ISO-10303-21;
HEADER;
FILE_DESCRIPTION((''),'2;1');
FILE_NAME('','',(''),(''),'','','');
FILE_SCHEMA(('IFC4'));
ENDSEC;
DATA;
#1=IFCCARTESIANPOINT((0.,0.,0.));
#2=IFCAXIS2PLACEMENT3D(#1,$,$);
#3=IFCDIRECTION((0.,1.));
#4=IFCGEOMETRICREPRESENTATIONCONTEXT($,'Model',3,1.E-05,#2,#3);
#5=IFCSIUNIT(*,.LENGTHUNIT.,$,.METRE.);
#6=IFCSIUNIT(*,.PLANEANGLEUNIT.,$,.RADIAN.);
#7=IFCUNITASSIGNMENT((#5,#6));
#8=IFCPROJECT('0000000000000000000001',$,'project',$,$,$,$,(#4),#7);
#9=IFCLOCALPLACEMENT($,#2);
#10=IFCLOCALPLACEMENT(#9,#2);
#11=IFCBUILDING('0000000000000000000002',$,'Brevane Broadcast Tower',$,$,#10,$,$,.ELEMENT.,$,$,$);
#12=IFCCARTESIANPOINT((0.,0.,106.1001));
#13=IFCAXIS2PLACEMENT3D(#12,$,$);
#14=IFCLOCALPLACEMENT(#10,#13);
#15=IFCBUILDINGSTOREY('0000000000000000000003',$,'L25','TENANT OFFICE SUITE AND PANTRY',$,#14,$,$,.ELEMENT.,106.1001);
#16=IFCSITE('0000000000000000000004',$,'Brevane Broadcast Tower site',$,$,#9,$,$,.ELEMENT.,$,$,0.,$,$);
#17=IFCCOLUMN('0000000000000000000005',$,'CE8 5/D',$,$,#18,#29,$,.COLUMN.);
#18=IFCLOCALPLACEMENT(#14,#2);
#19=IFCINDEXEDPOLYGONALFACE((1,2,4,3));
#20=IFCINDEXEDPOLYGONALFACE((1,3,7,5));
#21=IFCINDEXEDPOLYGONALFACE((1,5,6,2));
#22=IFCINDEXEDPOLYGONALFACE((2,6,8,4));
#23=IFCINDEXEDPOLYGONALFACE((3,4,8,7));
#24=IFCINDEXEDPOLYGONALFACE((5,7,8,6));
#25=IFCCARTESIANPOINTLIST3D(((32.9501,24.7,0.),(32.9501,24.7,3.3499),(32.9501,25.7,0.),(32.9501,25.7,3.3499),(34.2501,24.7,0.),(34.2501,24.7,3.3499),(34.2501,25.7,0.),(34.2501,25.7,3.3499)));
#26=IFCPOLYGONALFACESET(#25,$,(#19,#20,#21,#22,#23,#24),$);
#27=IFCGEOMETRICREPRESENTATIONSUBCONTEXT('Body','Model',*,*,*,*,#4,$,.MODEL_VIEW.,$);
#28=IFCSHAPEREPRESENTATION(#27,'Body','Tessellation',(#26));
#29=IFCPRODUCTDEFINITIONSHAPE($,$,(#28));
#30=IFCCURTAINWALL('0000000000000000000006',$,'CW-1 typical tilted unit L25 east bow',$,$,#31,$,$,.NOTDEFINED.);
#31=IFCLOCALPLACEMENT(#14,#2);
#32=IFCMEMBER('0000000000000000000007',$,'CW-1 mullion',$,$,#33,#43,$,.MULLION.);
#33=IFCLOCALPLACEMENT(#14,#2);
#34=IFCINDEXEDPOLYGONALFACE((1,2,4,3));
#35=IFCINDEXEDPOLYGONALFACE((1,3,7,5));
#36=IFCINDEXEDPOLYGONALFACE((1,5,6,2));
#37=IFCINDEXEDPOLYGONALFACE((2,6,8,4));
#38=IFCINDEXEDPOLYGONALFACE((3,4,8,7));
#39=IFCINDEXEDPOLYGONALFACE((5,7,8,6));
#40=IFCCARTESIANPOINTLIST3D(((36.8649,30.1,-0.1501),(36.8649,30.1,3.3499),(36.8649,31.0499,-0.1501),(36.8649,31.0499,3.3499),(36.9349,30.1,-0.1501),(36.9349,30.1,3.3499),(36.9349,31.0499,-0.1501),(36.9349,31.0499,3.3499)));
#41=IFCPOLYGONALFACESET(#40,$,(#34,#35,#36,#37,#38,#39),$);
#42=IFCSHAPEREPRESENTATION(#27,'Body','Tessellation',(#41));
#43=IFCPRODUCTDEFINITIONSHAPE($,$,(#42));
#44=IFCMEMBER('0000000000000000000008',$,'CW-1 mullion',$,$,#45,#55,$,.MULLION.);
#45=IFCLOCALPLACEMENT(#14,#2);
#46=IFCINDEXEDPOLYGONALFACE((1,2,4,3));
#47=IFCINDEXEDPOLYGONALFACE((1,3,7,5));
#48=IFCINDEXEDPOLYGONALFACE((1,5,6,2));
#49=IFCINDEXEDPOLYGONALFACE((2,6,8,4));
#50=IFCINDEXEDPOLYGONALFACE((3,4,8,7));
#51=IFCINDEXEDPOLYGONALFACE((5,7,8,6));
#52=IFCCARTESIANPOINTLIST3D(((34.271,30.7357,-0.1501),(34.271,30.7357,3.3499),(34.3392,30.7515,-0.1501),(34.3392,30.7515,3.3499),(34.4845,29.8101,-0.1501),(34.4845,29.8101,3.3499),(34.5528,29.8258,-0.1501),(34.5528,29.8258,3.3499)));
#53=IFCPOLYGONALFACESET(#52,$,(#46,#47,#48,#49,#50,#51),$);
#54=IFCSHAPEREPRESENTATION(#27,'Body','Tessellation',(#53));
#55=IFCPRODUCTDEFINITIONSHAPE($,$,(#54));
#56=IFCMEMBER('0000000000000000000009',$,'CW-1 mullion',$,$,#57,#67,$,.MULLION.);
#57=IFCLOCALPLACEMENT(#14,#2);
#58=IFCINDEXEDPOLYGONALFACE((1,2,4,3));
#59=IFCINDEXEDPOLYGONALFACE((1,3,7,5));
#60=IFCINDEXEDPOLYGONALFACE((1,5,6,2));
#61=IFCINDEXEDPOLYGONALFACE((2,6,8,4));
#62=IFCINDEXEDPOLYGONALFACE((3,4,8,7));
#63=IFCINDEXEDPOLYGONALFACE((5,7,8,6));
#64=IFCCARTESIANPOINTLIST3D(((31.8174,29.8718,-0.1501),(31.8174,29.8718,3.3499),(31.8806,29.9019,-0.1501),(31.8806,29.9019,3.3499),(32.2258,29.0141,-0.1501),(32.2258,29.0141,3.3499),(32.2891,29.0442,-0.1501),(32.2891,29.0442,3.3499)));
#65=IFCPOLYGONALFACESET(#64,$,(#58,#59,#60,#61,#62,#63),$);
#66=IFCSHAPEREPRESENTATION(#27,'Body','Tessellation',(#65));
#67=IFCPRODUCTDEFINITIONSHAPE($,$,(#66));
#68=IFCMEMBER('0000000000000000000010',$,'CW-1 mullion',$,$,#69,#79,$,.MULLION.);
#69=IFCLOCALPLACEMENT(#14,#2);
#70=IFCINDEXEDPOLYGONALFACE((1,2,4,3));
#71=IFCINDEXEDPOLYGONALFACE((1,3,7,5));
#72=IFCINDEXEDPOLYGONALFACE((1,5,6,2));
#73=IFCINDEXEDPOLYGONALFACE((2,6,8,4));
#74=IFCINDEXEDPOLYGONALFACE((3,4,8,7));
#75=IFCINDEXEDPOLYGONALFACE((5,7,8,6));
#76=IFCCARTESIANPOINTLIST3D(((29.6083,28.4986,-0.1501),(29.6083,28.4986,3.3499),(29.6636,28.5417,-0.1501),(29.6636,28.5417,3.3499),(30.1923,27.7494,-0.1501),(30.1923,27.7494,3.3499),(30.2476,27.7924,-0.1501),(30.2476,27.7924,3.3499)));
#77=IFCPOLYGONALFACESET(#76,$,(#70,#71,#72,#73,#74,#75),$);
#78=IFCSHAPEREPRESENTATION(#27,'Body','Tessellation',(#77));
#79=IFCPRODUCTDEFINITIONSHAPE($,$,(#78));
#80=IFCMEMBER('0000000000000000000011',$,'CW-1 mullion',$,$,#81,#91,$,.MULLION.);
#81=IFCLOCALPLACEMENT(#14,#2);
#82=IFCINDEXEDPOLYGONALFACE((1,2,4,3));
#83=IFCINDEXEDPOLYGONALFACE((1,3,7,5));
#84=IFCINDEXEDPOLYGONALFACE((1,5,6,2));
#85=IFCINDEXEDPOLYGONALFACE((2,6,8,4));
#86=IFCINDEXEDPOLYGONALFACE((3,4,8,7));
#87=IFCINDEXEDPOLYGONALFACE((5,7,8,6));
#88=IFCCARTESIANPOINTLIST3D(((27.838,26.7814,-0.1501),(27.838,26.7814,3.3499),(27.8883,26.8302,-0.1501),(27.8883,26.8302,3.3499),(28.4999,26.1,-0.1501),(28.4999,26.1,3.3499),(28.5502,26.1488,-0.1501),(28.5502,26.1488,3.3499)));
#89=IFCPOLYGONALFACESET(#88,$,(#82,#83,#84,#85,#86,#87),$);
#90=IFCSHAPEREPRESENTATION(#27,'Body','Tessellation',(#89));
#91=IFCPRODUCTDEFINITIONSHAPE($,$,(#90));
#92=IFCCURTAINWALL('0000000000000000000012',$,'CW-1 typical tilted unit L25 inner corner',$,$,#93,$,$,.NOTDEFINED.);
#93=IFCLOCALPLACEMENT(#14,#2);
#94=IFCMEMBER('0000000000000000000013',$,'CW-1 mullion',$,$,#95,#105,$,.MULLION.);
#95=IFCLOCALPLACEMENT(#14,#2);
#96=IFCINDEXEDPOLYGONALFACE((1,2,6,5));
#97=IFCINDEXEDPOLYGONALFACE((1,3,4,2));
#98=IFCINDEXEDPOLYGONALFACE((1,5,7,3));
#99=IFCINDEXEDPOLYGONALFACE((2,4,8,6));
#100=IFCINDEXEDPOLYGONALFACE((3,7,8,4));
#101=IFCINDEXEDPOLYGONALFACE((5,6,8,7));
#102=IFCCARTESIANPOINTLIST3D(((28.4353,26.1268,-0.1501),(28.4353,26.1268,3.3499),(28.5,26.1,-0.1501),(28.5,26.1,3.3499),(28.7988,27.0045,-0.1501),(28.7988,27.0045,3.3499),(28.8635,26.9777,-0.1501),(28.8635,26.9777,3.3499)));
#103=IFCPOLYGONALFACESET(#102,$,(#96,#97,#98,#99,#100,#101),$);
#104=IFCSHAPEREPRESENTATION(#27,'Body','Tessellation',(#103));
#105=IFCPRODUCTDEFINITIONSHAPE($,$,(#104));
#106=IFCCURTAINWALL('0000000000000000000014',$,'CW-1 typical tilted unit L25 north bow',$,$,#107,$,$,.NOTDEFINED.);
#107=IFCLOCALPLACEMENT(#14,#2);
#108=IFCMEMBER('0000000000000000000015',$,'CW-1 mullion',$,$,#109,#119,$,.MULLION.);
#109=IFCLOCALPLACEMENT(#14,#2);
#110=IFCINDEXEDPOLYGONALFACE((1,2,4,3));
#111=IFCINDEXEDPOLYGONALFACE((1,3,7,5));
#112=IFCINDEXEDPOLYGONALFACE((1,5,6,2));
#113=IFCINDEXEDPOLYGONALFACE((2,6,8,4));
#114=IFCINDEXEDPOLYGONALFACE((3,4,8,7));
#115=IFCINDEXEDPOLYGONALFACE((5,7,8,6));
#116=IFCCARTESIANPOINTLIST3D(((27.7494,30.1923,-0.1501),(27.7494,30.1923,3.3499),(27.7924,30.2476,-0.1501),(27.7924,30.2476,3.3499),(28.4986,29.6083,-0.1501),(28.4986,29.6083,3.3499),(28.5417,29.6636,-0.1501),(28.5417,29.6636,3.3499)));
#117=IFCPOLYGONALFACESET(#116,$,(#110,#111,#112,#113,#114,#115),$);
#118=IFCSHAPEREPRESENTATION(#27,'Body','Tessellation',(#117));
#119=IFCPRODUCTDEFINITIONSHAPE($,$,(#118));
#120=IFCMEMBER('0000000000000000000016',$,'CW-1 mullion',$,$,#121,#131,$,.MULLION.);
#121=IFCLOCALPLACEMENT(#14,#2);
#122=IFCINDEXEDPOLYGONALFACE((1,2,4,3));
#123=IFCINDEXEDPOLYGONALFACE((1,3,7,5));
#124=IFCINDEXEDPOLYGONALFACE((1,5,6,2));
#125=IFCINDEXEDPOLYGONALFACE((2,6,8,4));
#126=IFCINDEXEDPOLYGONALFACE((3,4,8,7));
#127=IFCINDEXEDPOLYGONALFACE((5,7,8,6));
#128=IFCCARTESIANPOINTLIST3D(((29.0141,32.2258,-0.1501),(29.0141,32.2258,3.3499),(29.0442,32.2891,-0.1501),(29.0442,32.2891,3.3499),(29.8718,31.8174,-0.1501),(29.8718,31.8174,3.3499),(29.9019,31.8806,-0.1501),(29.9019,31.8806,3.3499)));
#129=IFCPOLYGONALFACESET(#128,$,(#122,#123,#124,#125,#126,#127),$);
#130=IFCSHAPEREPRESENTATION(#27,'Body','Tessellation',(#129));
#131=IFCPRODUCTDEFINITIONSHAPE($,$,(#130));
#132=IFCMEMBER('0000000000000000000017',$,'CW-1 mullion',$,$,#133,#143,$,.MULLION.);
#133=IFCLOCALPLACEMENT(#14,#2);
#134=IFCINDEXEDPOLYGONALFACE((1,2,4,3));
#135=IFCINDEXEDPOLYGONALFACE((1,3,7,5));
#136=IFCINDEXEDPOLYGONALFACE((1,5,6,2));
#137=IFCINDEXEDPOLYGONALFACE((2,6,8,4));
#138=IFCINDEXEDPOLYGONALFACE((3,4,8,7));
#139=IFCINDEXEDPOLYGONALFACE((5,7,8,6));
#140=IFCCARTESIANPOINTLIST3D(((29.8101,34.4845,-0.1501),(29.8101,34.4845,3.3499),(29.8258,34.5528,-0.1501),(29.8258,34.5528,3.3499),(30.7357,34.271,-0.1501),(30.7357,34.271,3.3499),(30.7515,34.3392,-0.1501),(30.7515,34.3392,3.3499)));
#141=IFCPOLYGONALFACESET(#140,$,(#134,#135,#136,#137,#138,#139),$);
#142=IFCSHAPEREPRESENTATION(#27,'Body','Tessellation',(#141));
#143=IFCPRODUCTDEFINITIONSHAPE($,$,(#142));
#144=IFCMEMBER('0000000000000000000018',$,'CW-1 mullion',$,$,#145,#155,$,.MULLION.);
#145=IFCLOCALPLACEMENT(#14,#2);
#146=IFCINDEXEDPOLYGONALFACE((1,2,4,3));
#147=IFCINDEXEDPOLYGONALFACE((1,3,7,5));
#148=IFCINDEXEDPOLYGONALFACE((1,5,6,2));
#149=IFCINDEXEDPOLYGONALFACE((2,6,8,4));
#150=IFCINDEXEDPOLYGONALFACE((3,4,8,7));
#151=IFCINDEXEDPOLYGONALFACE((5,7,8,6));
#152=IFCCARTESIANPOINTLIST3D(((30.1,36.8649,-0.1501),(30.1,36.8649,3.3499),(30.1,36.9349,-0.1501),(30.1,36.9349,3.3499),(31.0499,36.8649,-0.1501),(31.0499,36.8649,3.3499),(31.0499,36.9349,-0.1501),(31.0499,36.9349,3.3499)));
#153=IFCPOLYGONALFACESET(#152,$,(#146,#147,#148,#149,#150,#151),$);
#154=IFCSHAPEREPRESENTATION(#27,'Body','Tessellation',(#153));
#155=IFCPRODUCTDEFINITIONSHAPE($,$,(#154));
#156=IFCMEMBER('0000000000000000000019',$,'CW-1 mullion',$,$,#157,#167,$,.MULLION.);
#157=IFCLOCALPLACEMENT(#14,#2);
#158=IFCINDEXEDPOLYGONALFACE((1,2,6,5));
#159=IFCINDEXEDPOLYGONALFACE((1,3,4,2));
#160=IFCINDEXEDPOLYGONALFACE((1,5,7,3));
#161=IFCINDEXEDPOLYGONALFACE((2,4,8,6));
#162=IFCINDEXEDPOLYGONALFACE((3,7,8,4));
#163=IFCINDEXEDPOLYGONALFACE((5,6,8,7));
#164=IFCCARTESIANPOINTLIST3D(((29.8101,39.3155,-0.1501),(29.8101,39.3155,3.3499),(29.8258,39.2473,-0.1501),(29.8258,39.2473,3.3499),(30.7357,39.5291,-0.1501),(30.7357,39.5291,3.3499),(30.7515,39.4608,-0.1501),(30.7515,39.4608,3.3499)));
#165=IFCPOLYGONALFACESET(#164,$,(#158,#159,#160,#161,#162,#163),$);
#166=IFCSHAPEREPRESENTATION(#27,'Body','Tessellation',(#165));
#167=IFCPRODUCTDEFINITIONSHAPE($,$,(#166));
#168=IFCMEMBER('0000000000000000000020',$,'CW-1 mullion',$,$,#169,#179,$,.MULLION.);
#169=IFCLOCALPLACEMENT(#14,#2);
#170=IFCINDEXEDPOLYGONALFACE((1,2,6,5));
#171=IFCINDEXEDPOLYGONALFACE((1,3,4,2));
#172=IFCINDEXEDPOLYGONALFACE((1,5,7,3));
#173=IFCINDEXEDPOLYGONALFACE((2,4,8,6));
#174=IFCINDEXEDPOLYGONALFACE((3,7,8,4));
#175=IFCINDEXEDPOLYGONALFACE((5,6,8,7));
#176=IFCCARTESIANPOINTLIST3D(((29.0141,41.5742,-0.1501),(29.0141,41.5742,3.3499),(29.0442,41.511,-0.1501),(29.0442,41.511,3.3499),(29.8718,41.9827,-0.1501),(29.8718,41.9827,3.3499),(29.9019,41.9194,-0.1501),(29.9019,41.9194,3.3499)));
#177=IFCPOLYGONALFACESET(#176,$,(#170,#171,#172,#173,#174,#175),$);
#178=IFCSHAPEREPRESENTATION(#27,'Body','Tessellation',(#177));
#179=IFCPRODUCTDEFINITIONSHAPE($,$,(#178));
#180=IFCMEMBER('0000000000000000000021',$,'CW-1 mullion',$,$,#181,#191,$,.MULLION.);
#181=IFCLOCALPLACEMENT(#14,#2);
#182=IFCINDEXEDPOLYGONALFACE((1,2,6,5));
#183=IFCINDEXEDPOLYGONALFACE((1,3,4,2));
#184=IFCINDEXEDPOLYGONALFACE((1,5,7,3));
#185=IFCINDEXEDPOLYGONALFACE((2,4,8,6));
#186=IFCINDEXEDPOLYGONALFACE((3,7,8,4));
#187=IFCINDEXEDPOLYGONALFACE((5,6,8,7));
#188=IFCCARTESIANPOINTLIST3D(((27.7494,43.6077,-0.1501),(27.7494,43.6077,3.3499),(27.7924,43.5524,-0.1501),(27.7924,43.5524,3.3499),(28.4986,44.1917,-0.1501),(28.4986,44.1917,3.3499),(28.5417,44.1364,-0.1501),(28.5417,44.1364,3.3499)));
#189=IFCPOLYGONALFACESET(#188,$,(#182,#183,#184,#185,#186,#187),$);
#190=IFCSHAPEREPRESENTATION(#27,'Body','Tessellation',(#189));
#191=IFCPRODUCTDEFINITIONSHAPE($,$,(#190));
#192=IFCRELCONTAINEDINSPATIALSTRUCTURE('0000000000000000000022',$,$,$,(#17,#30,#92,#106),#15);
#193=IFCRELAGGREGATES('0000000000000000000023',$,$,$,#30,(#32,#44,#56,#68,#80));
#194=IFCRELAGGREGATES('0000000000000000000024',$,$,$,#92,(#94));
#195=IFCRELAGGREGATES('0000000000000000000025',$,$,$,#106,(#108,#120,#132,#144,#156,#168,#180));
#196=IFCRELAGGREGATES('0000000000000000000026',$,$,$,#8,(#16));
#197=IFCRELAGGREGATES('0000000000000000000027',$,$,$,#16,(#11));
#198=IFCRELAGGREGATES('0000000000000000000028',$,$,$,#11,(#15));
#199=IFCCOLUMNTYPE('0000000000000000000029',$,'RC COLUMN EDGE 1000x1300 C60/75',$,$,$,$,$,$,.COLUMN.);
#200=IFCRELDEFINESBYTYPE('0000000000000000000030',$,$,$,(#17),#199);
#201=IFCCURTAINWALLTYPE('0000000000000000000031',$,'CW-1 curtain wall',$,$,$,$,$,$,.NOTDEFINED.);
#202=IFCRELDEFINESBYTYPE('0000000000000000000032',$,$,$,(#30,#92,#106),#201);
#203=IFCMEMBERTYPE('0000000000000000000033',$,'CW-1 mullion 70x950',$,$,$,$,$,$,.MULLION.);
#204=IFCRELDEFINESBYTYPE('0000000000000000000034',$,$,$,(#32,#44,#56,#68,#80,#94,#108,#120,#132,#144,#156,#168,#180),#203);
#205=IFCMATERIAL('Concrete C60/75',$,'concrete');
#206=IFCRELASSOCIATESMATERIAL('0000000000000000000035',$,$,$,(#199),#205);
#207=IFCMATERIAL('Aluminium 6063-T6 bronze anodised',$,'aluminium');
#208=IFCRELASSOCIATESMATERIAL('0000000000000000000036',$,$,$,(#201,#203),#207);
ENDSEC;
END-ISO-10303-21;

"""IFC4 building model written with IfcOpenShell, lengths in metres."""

from ifc_helpers import new_model, si_unit, direction, frame, origin, origin_2d, place, context, subcontext, project, spatial, rectangle, extrude, material, material_profile, profile_set, type_object, element, aggregate, save


model = new_model("IFC4")

# Units and contexts
model_context = context("Model", 3, precision=1e-05, world=origin(), true_north=direction((0.0, 1.0)))
body_context = subcontext(model_context, "Body", "Model", "MODEL_VIEW")
ifc_project = project(units=[si_unit("LENGTHUNIT", "METRE"), si_unit("PLANEANGLEUNIT", "RADIAN")], contexts=[model_context])

# Site, building, storey
site_placement = place(None, origin())
site = spatial("IfcSite", under=ifc_project, at=site_placement, Name="Brevane Broadcast Tower site", CompositionType="ELEMENT", RefElevation=0.0)
building_placement = place(site_placement, origin())
building = spatial("IfcBuilding", under=site, at=building_placement, Name="Brevane Broadcast Tower", CompositionType="ELEMENT")
storey_placement = place(building_placement, frame((0.0, 0.0, 106.1001)))
storey = spatial("IfcBuildingStorey", under=building, at=storey_placement, Name="L25", Description="TENANT OFFICE SUITE AND PANTRY", CompositionType="ELEMENT", Elevation=106.1001)

# Column
ifc_material_1 = material(Name="Concrete C60/75", Category="concrete")
ifc_material_profile_1 = material_profile(ifc_material_1, rectangle(XDim=1.0, YDim=1.3, at=origin_2d()), Name="RC 1000x1300")
ifc_profile_set_1 = profile_set([ifc_material_profile_1], Name="Concrete C60/75")
column_type = type_object("IfcColumnType", Name="RC COLUMN EDGE 1000x1300 C60/75", PredefinedType="COLUMN", material=ifc_profile_set_1)
column_placement = place(storey_placement, frame((33.6001, 25.2, 0.0), z_axis=(0.0, 0.0, 1.0), x_axis=(0.0, 1.0, 0.0)))
element("IfcColumn", 1, at=column_placement, inside=storey, type_object=column_type, Name="CE8 5/D", PredefinedType="COLUMN", context=body_context, shape_type="SweptSolid", body=[
    extrude(rectangle(XDim=1.0, YDim=1.3, at=origin_2d()), origin(), (0.0, 0.0, 1.0), 3.3499),
])

# Curtain wall, members
ifc_material_2 = material(Name="Aluminium 6063-T6 bronze anodised", Category="aluminium")
curtain_wall_type = type_object("IfcCurtainWallType", Name="CW-1 curtain wall", PredefinedType="NOTDEFINED", material=ifc_material_2)
curtain_wall_1_placement = place(storey_placement, origin())
curtain_wall_1 = element("IfcCurtainWall", 2, at=curtain_wall_1_placement, inside=storey, type_object=curtain_wall_type, Name="CW-1 typical tilted unit L25 east bow", PredefinedType="NOTDEFINED")
ifc_material_profile_2 = material_profile(ifc_material_2, rectangle(XDim=0.95, YDim=0.0701, at=origin_2d()), Name="RECT 70x950")
ifc_profile_set_2 = profile_set([ifc_material_profile_2], Name="Aluminium 6063-T6 bronze anodised")
member_type_1 = type_object("IfcMemberType", Name="CW-1 mullion 70x950", PredefinedType="MULLION", material=ifc_profile_set_2)
member_1_placement = place(storey_placement, frame((36.8999, 30.575, -0.1501), z_axis=(0.0, 0.0, 1.0), x_axis=(0.0, -1.0, 0.0)))
member_1 = element("IfcMember", 3, at=member_1_placement, type_object=member_type_1, Name="CW-1 mullion", PredefinedType="MULLION", context=body_context, shape_type="SweptSolid", body=[
    extrude(rectangle(XDim=0.95, YDim=0.0701, at=origin_2d()), origin(), (0.0, 0.0, 1.0), 3.5),
])
member_2_placement = place(storey_placement, frame((34.4119, 30.2808, -0.1501), z_axis=(0.0, 0.0, 1.0), x_axis=(0.224806, -0.974403, 0.0)))
member_2 = element("IfcMember", 4, at=member_2_placement, type_object=member_type_1, Name="CW-1 mullion", PredefinedType="MULLION", context=body_context, shape_type="SweptSolid", body=[
    extrude(rectangle(XDim=0.95, YDim=0.0701, at=origin_2d()), origin(), (0.0, 0.0, 1.0), 3.5),
])
member_3_placement = place(storey_placement, frame((32.0532, 29.458, -0.1501), z_axis=(0.0, 0.0, 1.0), x_axis=(0.429934, -0.902861, 0.0)))
member_3 = element("IfcMember", 5, at=member_3_placement, type_object=member_type_1, Name="CW-1 mullion", PredefinedType="MULLION", context=body_context, shape_type="SweptSolid", body=[
    extrude(rectangle(XDim=0.95, YDim=0.0701, at=origin_2d()), origin(), (0.0, 0.0, 1.0), 3.5),
])
member_4_placement = place(storey_placement, frame((29.928, 28.1455, -0.1501), z_axis=(0.0, 0.0, 1.0), x_axis=(0.61477, -0.788707, 0.0)))
member_4 = element("IfcMember", 6, at=member_4_placement, type_object=member_type_1, Name="CW-1 mullion", PredefinedType="MULLION", context=body_context, shape_type="SweptSolid", body=[
    extrude(rectangle(XDim=0.95, YDim=0.0701, at=origin_2d()), origin(), (0.0, 0.0, 1.0), 3.5),
])
member_5_placement = place(storey_placement, frame((28.1941, 26.4651, -0.1501), z_axis=(0.0, 0.0, 1.0), x_axis=(0.696812, -0.717254, 0.0)))
member_5 = element("IfcMember", 7, at=member_5_placement, type_object=member_type_1, Name="CW-1 mullion", PredefinedType="MULLION", context=body_context, shape_type="SweptSolid", body=[
    extrude(rectangle(XDim=0.95, YDim=0.0701, at=origin_2d()), origin(), (0.0, 0.0, 1.0), 3.5),
])

# Curtain wall, member
curtain_wall_2_placement = place(storey_placement, origin())
curtain_wall_2 = element("IfcCurtainWall", 8, at=curtain_wall_2_placement, inside=storey, type_object=curtain_wall_type, Name="CW-1 typical tilted unit L25 inner corner", PredefinedType="NOTDEFINED")
member_6_placement = place(storey_placement, frame((28.6494, 26.5522, -0.1501), z_axis=(0.0, 0.0, 1.0), x_axis=(-0.382684, -0.923879, 0.0)))
member_6 = element("IfcMember", 9, at=member_6_placement, type_object=member_type_1, Name="CW-1 mullion", PredefinedType="MULLION", context=body_context, shape_type="SweptSolid", body=[
    extrude(rectangle(XDim=0.95, YDim=0.0701, at=origin_2d()), origin(), (0.0, 0.0, 1.0), 3.5),
])

# Curtain wall, members
curtain_wall_3_placement = place(storey_placement, origin())
curtain_wall_3 = element("IfcCurtainWall", 10, at=curtain_wall_3_placement, inside=storey, type_object=curtain_wall_type, Name="CW-1 typical tilted unit L25 north bow", PredefinedType="NOTDEFINED")
member_7_placement = place(storey_placement, frame((28.1455, 29.928, -0.1501), z_axis=(0.0, 0.0, 1.0), x_axis=(-0.788707, 0.61477, 0.0)))
member_7 = element("IfcMember", 11, at=member_7_placement, type_object=member_type_1, Name="CW-1 mullion", PredefinedType="MULLION", context=body_context, shape_type="SweptSolid", body=[
    extrude(rectangle(XDim=0.95, YDim=0.0701, at=origin_2d()), origin(), (0.0, 0.0, 1.0), 3.5),
])
member_8_placement = place(storey_placement, frame((29.458, 32.0532, -0.1501), z_axis=(0.0, 0.0, 1.0), x_axis=(-0.902861, 0.429934, 0.0)))
member_8 = element("IfcMember", 12, at=member_8_placement, type_object=member_type_1, Name="CW-1 mullion", PredefinedType="MULLION", context=body_context, shape_type="SweptSolid", body=[
    extrude(rectangle(XDim=0.95, YDim=0.0701, at=origin_2d()), origin(), (0.0, 0.0, 1.0), 3.5),
])
member_9_placement = place(storey_placement, frame((30.2808, 34.4119, -0.1501), z_axis=(0.0, 0.0, 1.0), x_axis=(-0.974403, 0.224806, 0.0)))
member_9 = element("IfcMember", 13, at=member_9_placement, type_object=member_type_1, Name="CW-1 mullion", PredefinedType="MULLION", context=body_context, shape_type="SweptSolid", body=[
    extrude(rectangle(XDim=0.95, YDim=0.0701, at=origin_2d()), origin(), (0.0, 0.0, 1.0), 3.5),
])
member_10_placement = place(storey_placement, frame((30.575, 36.8999, -0.1501), z_axis=(0.0, 0.0, 1.0), x_axis=(-1.0, 0.0, 0.0)))
member_10 = element("IfcMember", 14, at=member_10_placement, type_object=member_type_1, Name="CW-1 mullion", PredefinedType="MULLION", context=body_context, shape_type="SweptSolid", body=[
    extrude(rectangle(XDim=0.95, YDim=0.0701, at=origin_2d()), origin(), (0.0, 0.0, 1.0), 3.5),
])
member_11_placement = place(storey_placement, frame((30.2808, 39.3882, -0.1501), z_axis=(0.0, 0.0, 1.0), x_axis=(-0.974403, -0.224806, 0.0)))
member_11 = element("IfcMember", 15, at=member_11_placement, type_object=member_type_1, Name="CW-1 mullion", PredefinedType="MULLION", context=body_context, shape_type="SweptSolid", body=[
    extrude(rectangle(XDim=0.95, YDim=0.0701, at=origin_2d()), origin(), (0.0, 0.0, 1.0), 3.5),
])
member_12_placement = place(storey_placement, frame((29.458, 41.7468, -0.1501), z_axis=(0.0, 0.0, 1.0), x_axis=(-0.902861, -0.429934, 0.0)))
member_12 = element("IfcMember", 16, at=member_12_placement, type_object=member_type_1, Name="CW-1 mullion", PredefinedType="MULLION", context=body_context, shape_type="SweptSolid", body=[
    extrude(rectangle(XDim=0.95, YDim=0.0701, at=origin_2d()), origin(), (0.0, 0.0, 1.0), 3.5),
])
member_13_placement = place(storey_placement, frame((28.1455, 43.8721, -0.1501), z_axis=(0.0, 0.0, 1.0), x_axis=(-0.788707, -0.61477, 0.0)))
member_13 = element("IfcMember", 17, at=member_13_placement, type_object=member_type_1, Name="CW-1 mullion", PredefinedType="MULLION", context=body_context, shape_type="SweptSolid", body=[
    extrude(rectangle(XDim=0.95, YDim=0.0701, at=origin_2d()), origin(), (0.0, 0.0, 1.0), 3.5),
])

aggregate(curtain_wall_1, [member_1, member_2, member_3, member_4, member_5])
aggregate(curtain_wall_2, [member_6])
aggregate(curtain_wall_3, [member_7, member_8, member_9, member_10, member_11, member_12, member_13])

save(model, "model.ifc")
